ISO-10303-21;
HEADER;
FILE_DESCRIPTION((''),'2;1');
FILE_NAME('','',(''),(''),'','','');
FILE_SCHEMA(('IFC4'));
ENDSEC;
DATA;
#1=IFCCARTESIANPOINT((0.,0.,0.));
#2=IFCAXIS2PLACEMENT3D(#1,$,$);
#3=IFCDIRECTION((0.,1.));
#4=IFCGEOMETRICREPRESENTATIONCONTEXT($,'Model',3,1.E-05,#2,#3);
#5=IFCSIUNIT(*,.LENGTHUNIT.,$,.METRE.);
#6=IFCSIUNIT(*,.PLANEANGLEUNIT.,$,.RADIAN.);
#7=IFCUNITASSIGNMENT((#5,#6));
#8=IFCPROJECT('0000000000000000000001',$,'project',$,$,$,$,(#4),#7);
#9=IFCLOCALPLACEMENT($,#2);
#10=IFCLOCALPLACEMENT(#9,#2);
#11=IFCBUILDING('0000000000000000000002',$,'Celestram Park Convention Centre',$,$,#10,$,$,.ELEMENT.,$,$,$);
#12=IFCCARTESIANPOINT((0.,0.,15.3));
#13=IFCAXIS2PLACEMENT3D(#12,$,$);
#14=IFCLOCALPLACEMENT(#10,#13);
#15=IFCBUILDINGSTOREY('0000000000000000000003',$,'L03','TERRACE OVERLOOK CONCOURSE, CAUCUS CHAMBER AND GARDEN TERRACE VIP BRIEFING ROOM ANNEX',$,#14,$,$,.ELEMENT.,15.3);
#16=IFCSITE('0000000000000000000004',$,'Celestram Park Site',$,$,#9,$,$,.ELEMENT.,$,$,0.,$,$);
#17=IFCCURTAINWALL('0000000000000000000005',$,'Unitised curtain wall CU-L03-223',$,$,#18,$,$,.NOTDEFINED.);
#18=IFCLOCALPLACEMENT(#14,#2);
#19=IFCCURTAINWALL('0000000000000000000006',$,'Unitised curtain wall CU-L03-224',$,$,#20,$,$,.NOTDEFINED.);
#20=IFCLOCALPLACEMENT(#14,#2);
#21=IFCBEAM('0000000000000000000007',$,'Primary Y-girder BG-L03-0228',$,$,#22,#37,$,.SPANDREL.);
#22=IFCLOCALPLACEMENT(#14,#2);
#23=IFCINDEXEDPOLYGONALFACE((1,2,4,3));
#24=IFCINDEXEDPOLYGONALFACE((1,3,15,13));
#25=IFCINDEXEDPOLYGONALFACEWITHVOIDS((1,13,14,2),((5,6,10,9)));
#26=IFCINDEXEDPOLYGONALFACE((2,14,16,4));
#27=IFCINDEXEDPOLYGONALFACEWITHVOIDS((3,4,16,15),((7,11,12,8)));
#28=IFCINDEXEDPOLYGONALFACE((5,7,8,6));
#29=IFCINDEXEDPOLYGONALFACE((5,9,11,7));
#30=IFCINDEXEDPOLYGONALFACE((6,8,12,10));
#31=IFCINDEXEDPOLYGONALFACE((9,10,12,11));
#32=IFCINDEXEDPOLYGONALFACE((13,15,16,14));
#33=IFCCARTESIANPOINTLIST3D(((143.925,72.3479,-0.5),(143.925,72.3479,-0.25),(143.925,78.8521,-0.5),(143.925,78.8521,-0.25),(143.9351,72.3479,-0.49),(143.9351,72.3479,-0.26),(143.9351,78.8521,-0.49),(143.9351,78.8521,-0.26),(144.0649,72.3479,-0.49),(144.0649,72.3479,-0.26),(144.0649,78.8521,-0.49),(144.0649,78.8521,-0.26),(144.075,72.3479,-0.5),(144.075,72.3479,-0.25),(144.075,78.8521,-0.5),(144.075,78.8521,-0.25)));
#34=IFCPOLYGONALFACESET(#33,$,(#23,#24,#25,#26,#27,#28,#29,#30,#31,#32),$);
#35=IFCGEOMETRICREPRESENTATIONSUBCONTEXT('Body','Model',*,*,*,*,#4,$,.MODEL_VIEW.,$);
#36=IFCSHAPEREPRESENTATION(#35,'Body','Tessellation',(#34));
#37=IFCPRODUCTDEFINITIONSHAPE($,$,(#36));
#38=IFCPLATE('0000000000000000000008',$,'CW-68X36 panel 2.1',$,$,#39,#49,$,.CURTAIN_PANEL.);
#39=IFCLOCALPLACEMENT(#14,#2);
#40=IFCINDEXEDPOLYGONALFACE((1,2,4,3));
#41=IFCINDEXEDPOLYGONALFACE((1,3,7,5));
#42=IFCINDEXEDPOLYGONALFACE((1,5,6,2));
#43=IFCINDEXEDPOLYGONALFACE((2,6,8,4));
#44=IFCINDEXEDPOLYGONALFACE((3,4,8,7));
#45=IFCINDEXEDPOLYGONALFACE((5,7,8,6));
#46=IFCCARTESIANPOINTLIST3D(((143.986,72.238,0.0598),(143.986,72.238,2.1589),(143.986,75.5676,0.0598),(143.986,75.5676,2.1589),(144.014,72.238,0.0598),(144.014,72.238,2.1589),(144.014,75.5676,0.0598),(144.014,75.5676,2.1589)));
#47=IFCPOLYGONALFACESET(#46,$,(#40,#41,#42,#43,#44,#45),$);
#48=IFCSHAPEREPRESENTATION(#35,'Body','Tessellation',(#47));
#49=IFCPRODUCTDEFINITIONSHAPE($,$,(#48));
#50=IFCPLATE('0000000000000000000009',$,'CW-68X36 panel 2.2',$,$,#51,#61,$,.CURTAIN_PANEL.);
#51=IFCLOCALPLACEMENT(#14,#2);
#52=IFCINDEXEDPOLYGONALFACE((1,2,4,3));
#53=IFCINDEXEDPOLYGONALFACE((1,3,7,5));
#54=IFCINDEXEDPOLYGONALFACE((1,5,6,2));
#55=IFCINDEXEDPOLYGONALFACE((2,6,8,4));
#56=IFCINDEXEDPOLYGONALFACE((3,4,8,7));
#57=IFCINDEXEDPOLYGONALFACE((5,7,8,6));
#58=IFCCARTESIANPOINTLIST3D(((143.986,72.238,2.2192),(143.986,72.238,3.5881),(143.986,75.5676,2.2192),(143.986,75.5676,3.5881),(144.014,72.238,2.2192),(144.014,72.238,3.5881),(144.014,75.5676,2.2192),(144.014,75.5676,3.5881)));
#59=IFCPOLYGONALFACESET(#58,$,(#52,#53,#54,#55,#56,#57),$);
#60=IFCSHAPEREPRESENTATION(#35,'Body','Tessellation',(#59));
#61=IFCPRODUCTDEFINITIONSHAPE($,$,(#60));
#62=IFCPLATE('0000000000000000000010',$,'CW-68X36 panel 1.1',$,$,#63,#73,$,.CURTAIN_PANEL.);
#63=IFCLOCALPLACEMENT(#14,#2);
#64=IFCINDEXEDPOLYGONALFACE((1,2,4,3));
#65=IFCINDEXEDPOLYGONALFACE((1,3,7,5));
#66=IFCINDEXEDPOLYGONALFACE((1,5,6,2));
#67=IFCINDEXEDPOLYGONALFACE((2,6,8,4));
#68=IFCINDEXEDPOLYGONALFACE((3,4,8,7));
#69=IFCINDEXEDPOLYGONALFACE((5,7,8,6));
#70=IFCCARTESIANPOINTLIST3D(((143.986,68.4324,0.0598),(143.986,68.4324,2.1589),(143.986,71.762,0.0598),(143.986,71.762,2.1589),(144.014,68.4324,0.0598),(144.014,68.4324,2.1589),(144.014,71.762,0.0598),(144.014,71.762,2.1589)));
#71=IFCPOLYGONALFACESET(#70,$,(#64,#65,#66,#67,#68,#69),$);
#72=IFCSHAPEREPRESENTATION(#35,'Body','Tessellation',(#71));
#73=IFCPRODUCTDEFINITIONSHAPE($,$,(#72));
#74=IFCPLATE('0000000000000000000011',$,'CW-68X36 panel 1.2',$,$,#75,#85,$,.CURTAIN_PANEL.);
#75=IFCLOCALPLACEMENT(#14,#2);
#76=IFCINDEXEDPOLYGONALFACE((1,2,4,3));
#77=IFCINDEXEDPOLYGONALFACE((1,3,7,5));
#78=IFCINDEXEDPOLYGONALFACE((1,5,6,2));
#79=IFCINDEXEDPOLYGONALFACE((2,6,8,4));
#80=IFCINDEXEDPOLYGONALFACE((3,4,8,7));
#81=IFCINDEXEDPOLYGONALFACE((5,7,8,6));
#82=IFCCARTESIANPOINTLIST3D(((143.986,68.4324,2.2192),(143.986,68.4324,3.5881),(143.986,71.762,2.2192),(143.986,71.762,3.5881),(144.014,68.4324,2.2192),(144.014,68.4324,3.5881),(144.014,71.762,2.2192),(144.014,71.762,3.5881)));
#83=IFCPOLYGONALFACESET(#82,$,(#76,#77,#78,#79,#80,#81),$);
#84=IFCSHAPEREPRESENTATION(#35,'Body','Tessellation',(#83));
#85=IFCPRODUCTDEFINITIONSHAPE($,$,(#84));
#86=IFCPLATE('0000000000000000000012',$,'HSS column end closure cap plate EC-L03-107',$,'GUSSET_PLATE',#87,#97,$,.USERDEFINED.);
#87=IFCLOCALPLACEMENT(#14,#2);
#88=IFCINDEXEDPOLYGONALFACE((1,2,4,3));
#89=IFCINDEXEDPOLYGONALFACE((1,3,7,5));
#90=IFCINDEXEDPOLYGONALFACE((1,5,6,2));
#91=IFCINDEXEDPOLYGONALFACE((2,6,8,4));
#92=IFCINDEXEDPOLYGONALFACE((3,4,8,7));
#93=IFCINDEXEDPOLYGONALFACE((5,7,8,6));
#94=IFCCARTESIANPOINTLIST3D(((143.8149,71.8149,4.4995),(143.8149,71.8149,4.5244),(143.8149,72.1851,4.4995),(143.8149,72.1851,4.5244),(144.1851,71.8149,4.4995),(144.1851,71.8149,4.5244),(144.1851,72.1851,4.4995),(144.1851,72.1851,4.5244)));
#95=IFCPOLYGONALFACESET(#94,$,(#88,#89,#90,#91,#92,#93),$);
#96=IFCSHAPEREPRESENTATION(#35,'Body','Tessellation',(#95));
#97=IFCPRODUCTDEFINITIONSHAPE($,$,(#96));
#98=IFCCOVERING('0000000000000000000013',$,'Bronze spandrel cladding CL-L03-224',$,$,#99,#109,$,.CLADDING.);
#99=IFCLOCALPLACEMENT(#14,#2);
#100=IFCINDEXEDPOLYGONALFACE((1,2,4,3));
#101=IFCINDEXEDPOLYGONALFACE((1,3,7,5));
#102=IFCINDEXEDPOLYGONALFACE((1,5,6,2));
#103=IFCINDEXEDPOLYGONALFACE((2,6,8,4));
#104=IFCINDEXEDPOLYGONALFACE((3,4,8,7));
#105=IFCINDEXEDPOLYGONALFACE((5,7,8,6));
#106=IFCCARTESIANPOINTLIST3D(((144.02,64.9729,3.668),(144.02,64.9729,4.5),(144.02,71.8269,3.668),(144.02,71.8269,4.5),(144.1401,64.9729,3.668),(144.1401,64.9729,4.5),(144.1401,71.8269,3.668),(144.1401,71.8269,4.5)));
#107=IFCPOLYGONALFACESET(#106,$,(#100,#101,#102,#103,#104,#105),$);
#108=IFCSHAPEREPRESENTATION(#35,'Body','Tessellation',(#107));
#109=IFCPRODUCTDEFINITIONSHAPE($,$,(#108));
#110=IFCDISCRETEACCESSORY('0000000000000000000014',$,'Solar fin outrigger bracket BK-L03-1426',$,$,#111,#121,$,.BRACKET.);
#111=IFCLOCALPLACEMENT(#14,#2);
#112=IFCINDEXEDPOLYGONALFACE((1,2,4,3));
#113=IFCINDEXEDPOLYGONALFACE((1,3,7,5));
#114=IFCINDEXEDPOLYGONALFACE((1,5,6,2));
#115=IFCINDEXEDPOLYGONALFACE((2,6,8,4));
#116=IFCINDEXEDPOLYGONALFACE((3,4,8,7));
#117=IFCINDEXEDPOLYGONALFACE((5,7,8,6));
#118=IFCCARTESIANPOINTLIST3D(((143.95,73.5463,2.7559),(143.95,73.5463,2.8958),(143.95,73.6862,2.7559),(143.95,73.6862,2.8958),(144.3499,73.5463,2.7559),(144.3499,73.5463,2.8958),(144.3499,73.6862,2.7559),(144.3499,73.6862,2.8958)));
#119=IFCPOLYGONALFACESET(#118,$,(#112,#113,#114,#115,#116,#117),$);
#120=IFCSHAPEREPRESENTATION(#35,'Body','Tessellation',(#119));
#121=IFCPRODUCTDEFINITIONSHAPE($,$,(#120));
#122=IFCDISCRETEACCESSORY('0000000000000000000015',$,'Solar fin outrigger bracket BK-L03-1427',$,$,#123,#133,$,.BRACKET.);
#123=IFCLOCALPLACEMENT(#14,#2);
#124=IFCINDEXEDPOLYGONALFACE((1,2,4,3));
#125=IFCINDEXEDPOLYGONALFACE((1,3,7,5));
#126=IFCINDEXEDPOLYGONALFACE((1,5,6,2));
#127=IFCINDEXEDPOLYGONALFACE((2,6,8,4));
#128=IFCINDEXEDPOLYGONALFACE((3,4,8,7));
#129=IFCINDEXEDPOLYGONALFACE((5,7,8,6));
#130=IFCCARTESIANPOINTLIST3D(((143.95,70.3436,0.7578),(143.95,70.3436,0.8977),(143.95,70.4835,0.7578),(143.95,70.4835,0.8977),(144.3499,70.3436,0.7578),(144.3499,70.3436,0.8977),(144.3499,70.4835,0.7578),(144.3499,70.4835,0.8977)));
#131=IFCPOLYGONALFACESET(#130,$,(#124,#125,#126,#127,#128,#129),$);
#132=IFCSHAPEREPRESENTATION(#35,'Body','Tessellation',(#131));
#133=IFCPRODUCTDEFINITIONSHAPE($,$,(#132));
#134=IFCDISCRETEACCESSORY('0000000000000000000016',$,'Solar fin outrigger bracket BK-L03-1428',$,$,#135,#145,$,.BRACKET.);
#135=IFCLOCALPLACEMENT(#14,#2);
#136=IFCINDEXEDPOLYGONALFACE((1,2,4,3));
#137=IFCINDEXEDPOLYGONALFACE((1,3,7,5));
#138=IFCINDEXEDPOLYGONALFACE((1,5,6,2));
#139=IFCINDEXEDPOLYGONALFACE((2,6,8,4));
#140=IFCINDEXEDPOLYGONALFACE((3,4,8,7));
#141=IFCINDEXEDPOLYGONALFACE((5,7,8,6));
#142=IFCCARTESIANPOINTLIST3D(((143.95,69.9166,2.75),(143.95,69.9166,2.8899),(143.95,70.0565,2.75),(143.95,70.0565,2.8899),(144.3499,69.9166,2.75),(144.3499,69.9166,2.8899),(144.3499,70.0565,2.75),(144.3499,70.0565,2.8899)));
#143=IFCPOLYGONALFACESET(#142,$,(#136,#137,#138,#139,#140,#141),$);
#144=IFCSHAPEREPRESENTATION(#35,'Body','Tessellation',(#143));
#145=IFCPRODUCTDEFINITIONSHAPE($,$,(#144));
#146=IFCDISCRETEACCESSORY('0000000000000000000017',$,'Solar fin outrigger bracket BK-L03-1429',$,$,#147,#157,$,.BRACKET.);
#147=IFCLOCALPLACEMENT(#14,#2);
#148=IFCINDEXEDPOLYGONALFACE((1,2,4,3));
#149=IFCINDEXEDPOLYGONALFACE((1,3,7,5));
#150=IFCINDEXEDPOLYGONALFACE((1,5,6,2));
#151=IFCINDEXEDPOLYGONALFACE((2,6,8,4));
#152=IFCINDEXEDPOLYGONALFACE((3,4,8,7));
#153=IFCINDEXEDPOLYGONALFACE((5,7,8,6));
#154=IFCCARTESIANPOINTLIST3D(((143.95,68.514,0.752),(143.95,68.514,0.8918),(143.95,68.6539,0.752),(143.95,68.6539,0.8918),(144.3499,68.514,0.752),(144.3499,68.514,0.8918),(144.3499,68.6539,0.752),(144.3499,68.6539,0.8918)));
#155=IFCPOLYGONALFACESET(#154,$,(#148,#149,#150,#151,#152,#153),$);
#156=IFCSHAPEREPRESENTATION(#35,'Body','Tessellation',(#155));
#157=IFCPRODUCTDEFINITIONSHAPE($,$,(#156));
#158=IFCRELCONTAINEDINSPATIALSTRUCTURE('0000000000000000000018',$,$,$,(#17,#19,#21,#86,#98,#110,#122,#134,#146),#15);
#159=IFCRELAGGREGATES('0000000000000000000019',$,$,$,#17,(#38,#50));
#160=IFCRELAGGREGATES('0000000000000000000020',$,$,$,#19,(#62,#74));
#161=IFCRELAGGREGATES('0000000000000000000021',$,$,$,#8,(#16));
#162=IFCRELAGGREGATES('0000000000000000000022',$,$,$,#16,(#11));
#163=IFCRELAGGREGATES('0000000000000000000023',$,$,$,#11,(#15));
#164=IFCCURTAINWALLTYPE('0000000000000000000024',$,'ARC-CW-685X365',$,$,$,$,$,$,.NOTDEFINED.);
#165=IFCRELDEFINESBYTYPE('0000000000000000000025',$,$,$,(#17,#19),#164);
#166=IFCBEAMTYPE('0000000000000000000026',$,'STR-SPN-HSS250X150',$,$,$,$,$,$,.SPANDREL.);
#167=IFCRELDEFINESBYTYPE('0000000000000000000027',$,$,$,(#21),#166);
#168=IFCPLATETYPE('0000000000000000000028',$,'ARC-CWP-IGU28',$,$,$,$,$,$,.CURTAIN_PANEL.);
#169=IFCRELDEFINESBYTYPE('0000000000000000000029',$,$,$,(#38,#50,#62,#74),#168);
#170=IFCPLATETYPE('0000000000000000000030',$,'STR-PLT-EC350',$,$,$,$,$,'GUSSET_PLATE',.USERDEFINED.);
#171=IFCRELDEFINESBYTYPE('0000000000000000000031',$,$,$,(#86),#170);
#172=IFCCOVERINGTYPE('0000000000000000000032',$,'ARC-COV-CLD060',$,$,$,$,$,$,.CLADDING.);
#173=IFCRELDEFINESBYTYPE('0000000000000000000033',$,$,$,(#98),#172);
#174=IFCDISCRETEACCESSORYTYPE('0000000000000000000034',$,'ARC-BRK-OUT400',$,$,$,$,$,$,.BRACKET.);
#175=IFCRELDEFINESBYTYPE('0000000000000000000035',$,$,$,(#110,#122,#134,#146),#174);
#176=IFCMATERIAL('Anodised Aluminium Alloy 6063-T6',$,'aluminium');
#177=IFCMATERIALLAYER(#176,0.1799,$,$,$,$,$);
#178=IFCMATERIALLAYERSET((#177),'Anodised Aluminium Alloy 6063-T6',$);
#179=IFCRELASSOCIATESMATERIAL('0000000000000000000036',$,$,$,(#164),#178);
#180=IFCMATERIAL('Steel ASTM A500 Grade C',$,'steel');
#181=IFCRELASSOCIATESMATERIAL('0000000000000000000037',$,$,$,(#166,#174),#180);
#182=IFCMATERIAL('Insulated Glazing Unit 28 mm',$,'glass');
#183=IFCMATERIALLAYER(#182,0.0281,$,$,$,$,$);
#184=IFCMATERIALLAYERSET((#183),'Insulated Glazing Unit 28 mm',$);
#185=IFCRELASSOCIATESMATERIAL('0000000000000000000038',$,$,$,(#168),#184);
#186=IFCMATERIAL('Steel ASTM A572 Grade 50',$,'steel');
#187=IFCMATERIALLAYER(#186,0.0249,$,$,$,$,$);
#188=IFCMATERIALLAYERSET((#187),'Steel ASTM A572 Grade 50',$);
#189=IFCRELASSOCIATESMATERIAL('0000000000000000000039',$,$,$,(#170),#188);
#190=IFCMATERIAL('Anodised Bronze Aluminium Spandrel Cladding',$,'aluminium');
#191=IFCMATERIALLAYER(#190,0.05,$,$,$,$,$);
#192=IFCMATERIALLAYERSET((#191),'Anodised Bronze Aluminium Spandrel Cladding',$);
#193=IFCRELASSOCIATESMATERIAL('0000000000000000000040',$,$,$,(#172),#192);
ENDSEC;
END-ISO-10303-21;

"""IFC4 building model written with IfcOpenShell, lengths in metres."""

from ifc_helpers import new_model, si_unit, direction, frame, origin, origin_2d, place, context, subcontext, project, spatial, rectangle, hollow_rectangle, extrude, material, layer, layer_set, material_profile, profile_set, type_object, element, aggregate, save


model = new_model("IFC4")

# Units and contexts
model_context = context("Model", 3, precision=1e-05, world=origin(), true_north=direction((0.0, 1.0)))
body_context = subcontext(model_context, "Body", "Model", "MODEL_VIEW")
ifc_project = project(units=[si_unit("LENGTHUNIT", "METRE"), si_unit("PLANEANGLEUNIT", "RADIAN")], contexts=[model_context])

# Site, building, storey
site_placement = place(None, origin())
site = spatial("IfcSite", under=ifc_project, at=site_placement, Name="Celestram Park Site", CompositionType="ELEMENT", RefElevation=0.0)
building_placement = place(site_placement, origin())
building = spatial("IfcBuilding", under=site, at=building_placement, Name="Celestram Park Convention Centre", CompositionType="ELEMENT")
storey_placement = place(building_placement, frame((0.0, 0.0, 15.3)))
storey = spatial("IfcBuildingStorey", under=building, at=storey_placement, Name="L03", Description="TERRACE OVERLOOK CONCOURSE, CAUCUS CHAMBER AND GARDEN TERRACE VIP BRIEFING ROOM ANNEX", CompositionType="ELEMENT", Elevation=15.3)

# Shared definitions
ifc_material_1 = material(Name="Steel ASTM A500 Grade C", Category="steel")

# Curtain wall
ifc_material_2 = material(Name="Anodised Aluminium Alloy 6063-T6", Category="aluminium")
ifc_layer_1 = layer(ifc_material_2, 0.1799)
ifc_layer_set_1 = layer_set([ifc_layer_1], Name="Anodised Aluminium Alloy 6063-T6")
curtain_wall_type = type_object("IfcCurtainWallType", Name="ARC-CW-685X365", PredefinedType="NOTDEFINED", material=ifc_layer_set_1)
curtain_wall_1_placement = place(storey_placement, origin())
curtain_wall_1 = element("IfcCurtainWall", 1, at=curtain_wall_1_placement, inside=storey, type_object=curtain_wall_type, Name="Unitised curtain wall CU-L03-223", PredefinedType="NOTDEFINED")

# Curtain wall
curtain_wall_2_placement = place(storey_placement, origin())
curtain_wall_2 = element("IfcCurtainWall", 2, at=curtain_wall_2_placement, inside=storey, type_object=curtain_wall_type, Name="Unitised curtain wall CU-L03-224", PredefinedType="NOTDEFINED")

# Beam
ifc_material_profile_1 = material_profile(ifc_material_1, hollow_rectangle(XDim=0.1499, YDim=0.25, WallThickness=0.01, at=origin_2d()), Name="HSS250X150X10")
ifc_profile_set_1 = profile_set([ifc_material_profile_1], Name="Steel ASTM A500 Grade C")
beam_type = type_object("IfcBeamType", Name="STR-SPN-HSS250X150", PredefinedType="SPANDREL", material=ifc_profile_set_1)
beam_placement = place(storey_placement, frame((144.0, 72.3479, -0.375), z_axis=(0.0, 1.0, 0.0), x_axis=(-1.0, 0.0, 0.0)))
element("IfcBeam", 3, at=beam_placement, inside=storey, type_object=beam_type, Name="Primary Y-girder BG-L03-0228", PredefinedType="SPANDREL", context=body_context, shape_type="SweptSolid", body=[
    extrude(hollow_rectangle(XDim=0.1499, YDim=0.25, WallThickness=0.01, at=origin_2d()), origin(), (0.0, 0.0, 1.0), 6.5042),
])

# Plates
ifc_material_3 = material(Name="Insulated Glazing Unit 28 mm", Category="glass")
ifc_layer_2 = layer(ifc_material_3, 0.0281)
ifc_layer_set_2 = layer_set([ifc_layer_2], Name="Insulated Glazing Unit 28 mm")
plate_type_1 = type_object("IfcPlateType", Name="ARC-CWP-IGU28", PredefinedType="CURTAIN_PANEL", material=ifc_layer_set_2)
plate_1_placement = place(storey_placement, frame((144.0, 73.9028, 0.0598), z_axis=(0.0, 0.0, 1.0), x_axis=(0.0, -1.0, 0.0)))
plate_1 = element("IfcPlate", 4, at=plate_1_placement, type_object=plate_type_1, Name="CW-68X36 panel 2.1", PredefinedType="CURTAIN_PANEL", context=body_context, shape_type="SweptSolid", body=[
    extrude(rectangle(XDim=3.3296, YDim=0.0281, at=origin_2d()), origin(), (0.0, 0.0, 1.0), 2.0991),
])
plate_2_placement = place(storey_placement, frame((144.0, 73.9028, 2.2192), z_axis=(0.0, 0.0, 1.0), x_axis=(0.0, -1.0, 0.0)))
plate_2 = element("IfcPlate", 5, at=plate_2_placement, type_object=plate_type_1, Name="CW-68X36 panel 2.2", PredefinedType="CURTAIN_PANEL", context=body_context, shape_type="SweptSolid", body=[
    extrude(rectangle(XDim=3.3296, YDim=0.0281, at=origin_2d()), origin(), (0.0, 0.0, 1.0), 1.3689),
])
aggregate(curtain_wall_1, [plate_1, plate_2])
plate_3_placement = place(storey_placement, frame((144.0, 70.0972, 0.0598), z_axis=(0.0, 0.0, 1.0), x_axis=(0.0, -1.0, 0.0)))
plate_3 = element("IfcPlate", 6, at=plate_3_placement, type_object=plate_type_1, Name="CW-68X36 panel 1.1", PredefinedType="CURTAIN_PANEL", context=body_context, shape_type="SweptSolid", body=[
    extrude(rectangle(XDim=3.3296, YDim=0.0281, at=origin_2d()), origin(), (0.0, 0.0, 1.0), 2.0991),
])
plate_4_placement = place(storey_placement, frame((144.0, 70.0972, 2.2192), z_axis=(0.0, 0.0, 1.0), x_axis=(0.0, -1.0, 0.0)))
plate_4 = element("IfcPlate", 7, at=plate_4_placement, type_object=plate_type_1, Name="CW-68X36 panel 1.2", PredefinedType="CURTAIN_PANEL", context=body_context, shape_type="SweptSolid", body=[
    extrude(rectangle(XDim=3.3296, YDim=0.0281, at=origin_2d()), origin(), (0.0, 0.0, 1.0), 1.3689),
])
aggregate(curtain_wall_2, [plate_3, plate_4])
ifc_material_4 = material(Name="Steel ASTM A572 Grade 50", Category="steel")
ifc_layer_3 = layer(ifc_material_4, 0.0249)
ifc_layer_set_3 = layer_set([ifc_layer_3], Name="Steel ASTM A572 Grade 50")
plate_type_2 = type_object("IfcPlateType", Name="STR-PLT-EC350", ElementType="GUSSET_PLATE", PredefinedType="USERDEFINED", material=ifc_layer_set_3)
plate_5_placement = place(storey_placement, frame((144.0, 72.0, 4.4995), z_axis=(0.0, 0.0, 1.0), x_axis=(1.0, 0.0, 0.0)))
element("IfcPlate", 8, at=plate_5_placement, inside=storey, type_object=plate_type_2, Name="HSS column end closure cap plate EC-L03-107", ObjectType="GUSSET_PLATE", PredefinedType="USERDEFINED", context=body_context, shape_type="SweptSolid", body=[
    extrude(rectangle(XDim=0.3701, YDim=0.3701, at=origin_2d()), origin(), (0.0, 0.0, 1.0), 0.0249),
])

# Covering
ifc_material_5 = material(Name="Anodised Bronze Aluminium Spandrel Cladding", Category="aluminium")
ifc_layer_4 = layer(ifc_material_5, 0.05)
ifc_layer_set_4 = layer_set([ifc_layer_4], Name="Anodised Bronze Aluminium Spandrel Cladding")
covering_type = type_object("IfcCoveringType", Name="ARC-COV-CLD060", PredefinedType="CLADDING", material=ifc_layer_set_4)
covering_placement = place(storey_placement, frame((144.0801, 68.3999, 3.668), z_axis=(0.0, 0.0, 1.0), x_axis=(0.0, -1.0, 0.0)))
element("IfcCovering", 9, at=covering_placement, inside=storey, type_object=covering_type, Name="Bronze spandrel cladding CL-L03-224", PredefinedType="CLADDING", context=body_context, shape_type="SweptSolid", body=[
    extrude(rectangle(XDim=6.854, YDim=0.1201, at=origin_2d()), origin(), (0.0, 0.0, 1.0), 0.832),
])

# Discrete accessories
discrete_accessory_type = type_object("IfcDiscreteAccessoryType", Name="ARC-BRK-OUT400", PredefinedType="BRACKET", material=ifc_material_1)
for number, where, z_axis, x_axis, name in (
    (10, (144.1499, 73.6162, 2.7559), (0.0, 0.0, 1.0), (1.0, 0.0, 0.0), "Solar fin outrigger bracket BK-L03-1426"),
    (11, (144.1499, 70.4136, 0.7578), (0.0, 0.0, 1.0), (1.0, 0.0, 0.0), "Solar fin outrigger bracket BK-L03-1427"),
    (12, (144.1499, 69.9866, 2.75), (0.0, 0.0, 1.0), (1.0, 0.0, 0.0), "Solar fin outrigger bracket BK-L03-1428"),
    (13, (144.1499, 68.584, 0.752), (0.0, 0.0, 1.0), (1.0, 0.0, 0.0), "Solar fin outrigger bracket BK-L03-1429"),
):
    element("IfcDiscreteAccessory", number, at=place(storey_placement, frame(where, z_axis=z_axis, x_axis=x_axis)), inside=storey, type_object=discrete_accessory_type, Name=name, PredefinedType="BRACKET", context=body_context, shape_type="SweptSolid", body=[
        extrude(rectangle(XDim=0.3999, YDim=0.1399, at=origin_2d()), origin(), (0.0, 0.0, 1.0), 0.1399),
    ])

save(model, "model.ifc")
